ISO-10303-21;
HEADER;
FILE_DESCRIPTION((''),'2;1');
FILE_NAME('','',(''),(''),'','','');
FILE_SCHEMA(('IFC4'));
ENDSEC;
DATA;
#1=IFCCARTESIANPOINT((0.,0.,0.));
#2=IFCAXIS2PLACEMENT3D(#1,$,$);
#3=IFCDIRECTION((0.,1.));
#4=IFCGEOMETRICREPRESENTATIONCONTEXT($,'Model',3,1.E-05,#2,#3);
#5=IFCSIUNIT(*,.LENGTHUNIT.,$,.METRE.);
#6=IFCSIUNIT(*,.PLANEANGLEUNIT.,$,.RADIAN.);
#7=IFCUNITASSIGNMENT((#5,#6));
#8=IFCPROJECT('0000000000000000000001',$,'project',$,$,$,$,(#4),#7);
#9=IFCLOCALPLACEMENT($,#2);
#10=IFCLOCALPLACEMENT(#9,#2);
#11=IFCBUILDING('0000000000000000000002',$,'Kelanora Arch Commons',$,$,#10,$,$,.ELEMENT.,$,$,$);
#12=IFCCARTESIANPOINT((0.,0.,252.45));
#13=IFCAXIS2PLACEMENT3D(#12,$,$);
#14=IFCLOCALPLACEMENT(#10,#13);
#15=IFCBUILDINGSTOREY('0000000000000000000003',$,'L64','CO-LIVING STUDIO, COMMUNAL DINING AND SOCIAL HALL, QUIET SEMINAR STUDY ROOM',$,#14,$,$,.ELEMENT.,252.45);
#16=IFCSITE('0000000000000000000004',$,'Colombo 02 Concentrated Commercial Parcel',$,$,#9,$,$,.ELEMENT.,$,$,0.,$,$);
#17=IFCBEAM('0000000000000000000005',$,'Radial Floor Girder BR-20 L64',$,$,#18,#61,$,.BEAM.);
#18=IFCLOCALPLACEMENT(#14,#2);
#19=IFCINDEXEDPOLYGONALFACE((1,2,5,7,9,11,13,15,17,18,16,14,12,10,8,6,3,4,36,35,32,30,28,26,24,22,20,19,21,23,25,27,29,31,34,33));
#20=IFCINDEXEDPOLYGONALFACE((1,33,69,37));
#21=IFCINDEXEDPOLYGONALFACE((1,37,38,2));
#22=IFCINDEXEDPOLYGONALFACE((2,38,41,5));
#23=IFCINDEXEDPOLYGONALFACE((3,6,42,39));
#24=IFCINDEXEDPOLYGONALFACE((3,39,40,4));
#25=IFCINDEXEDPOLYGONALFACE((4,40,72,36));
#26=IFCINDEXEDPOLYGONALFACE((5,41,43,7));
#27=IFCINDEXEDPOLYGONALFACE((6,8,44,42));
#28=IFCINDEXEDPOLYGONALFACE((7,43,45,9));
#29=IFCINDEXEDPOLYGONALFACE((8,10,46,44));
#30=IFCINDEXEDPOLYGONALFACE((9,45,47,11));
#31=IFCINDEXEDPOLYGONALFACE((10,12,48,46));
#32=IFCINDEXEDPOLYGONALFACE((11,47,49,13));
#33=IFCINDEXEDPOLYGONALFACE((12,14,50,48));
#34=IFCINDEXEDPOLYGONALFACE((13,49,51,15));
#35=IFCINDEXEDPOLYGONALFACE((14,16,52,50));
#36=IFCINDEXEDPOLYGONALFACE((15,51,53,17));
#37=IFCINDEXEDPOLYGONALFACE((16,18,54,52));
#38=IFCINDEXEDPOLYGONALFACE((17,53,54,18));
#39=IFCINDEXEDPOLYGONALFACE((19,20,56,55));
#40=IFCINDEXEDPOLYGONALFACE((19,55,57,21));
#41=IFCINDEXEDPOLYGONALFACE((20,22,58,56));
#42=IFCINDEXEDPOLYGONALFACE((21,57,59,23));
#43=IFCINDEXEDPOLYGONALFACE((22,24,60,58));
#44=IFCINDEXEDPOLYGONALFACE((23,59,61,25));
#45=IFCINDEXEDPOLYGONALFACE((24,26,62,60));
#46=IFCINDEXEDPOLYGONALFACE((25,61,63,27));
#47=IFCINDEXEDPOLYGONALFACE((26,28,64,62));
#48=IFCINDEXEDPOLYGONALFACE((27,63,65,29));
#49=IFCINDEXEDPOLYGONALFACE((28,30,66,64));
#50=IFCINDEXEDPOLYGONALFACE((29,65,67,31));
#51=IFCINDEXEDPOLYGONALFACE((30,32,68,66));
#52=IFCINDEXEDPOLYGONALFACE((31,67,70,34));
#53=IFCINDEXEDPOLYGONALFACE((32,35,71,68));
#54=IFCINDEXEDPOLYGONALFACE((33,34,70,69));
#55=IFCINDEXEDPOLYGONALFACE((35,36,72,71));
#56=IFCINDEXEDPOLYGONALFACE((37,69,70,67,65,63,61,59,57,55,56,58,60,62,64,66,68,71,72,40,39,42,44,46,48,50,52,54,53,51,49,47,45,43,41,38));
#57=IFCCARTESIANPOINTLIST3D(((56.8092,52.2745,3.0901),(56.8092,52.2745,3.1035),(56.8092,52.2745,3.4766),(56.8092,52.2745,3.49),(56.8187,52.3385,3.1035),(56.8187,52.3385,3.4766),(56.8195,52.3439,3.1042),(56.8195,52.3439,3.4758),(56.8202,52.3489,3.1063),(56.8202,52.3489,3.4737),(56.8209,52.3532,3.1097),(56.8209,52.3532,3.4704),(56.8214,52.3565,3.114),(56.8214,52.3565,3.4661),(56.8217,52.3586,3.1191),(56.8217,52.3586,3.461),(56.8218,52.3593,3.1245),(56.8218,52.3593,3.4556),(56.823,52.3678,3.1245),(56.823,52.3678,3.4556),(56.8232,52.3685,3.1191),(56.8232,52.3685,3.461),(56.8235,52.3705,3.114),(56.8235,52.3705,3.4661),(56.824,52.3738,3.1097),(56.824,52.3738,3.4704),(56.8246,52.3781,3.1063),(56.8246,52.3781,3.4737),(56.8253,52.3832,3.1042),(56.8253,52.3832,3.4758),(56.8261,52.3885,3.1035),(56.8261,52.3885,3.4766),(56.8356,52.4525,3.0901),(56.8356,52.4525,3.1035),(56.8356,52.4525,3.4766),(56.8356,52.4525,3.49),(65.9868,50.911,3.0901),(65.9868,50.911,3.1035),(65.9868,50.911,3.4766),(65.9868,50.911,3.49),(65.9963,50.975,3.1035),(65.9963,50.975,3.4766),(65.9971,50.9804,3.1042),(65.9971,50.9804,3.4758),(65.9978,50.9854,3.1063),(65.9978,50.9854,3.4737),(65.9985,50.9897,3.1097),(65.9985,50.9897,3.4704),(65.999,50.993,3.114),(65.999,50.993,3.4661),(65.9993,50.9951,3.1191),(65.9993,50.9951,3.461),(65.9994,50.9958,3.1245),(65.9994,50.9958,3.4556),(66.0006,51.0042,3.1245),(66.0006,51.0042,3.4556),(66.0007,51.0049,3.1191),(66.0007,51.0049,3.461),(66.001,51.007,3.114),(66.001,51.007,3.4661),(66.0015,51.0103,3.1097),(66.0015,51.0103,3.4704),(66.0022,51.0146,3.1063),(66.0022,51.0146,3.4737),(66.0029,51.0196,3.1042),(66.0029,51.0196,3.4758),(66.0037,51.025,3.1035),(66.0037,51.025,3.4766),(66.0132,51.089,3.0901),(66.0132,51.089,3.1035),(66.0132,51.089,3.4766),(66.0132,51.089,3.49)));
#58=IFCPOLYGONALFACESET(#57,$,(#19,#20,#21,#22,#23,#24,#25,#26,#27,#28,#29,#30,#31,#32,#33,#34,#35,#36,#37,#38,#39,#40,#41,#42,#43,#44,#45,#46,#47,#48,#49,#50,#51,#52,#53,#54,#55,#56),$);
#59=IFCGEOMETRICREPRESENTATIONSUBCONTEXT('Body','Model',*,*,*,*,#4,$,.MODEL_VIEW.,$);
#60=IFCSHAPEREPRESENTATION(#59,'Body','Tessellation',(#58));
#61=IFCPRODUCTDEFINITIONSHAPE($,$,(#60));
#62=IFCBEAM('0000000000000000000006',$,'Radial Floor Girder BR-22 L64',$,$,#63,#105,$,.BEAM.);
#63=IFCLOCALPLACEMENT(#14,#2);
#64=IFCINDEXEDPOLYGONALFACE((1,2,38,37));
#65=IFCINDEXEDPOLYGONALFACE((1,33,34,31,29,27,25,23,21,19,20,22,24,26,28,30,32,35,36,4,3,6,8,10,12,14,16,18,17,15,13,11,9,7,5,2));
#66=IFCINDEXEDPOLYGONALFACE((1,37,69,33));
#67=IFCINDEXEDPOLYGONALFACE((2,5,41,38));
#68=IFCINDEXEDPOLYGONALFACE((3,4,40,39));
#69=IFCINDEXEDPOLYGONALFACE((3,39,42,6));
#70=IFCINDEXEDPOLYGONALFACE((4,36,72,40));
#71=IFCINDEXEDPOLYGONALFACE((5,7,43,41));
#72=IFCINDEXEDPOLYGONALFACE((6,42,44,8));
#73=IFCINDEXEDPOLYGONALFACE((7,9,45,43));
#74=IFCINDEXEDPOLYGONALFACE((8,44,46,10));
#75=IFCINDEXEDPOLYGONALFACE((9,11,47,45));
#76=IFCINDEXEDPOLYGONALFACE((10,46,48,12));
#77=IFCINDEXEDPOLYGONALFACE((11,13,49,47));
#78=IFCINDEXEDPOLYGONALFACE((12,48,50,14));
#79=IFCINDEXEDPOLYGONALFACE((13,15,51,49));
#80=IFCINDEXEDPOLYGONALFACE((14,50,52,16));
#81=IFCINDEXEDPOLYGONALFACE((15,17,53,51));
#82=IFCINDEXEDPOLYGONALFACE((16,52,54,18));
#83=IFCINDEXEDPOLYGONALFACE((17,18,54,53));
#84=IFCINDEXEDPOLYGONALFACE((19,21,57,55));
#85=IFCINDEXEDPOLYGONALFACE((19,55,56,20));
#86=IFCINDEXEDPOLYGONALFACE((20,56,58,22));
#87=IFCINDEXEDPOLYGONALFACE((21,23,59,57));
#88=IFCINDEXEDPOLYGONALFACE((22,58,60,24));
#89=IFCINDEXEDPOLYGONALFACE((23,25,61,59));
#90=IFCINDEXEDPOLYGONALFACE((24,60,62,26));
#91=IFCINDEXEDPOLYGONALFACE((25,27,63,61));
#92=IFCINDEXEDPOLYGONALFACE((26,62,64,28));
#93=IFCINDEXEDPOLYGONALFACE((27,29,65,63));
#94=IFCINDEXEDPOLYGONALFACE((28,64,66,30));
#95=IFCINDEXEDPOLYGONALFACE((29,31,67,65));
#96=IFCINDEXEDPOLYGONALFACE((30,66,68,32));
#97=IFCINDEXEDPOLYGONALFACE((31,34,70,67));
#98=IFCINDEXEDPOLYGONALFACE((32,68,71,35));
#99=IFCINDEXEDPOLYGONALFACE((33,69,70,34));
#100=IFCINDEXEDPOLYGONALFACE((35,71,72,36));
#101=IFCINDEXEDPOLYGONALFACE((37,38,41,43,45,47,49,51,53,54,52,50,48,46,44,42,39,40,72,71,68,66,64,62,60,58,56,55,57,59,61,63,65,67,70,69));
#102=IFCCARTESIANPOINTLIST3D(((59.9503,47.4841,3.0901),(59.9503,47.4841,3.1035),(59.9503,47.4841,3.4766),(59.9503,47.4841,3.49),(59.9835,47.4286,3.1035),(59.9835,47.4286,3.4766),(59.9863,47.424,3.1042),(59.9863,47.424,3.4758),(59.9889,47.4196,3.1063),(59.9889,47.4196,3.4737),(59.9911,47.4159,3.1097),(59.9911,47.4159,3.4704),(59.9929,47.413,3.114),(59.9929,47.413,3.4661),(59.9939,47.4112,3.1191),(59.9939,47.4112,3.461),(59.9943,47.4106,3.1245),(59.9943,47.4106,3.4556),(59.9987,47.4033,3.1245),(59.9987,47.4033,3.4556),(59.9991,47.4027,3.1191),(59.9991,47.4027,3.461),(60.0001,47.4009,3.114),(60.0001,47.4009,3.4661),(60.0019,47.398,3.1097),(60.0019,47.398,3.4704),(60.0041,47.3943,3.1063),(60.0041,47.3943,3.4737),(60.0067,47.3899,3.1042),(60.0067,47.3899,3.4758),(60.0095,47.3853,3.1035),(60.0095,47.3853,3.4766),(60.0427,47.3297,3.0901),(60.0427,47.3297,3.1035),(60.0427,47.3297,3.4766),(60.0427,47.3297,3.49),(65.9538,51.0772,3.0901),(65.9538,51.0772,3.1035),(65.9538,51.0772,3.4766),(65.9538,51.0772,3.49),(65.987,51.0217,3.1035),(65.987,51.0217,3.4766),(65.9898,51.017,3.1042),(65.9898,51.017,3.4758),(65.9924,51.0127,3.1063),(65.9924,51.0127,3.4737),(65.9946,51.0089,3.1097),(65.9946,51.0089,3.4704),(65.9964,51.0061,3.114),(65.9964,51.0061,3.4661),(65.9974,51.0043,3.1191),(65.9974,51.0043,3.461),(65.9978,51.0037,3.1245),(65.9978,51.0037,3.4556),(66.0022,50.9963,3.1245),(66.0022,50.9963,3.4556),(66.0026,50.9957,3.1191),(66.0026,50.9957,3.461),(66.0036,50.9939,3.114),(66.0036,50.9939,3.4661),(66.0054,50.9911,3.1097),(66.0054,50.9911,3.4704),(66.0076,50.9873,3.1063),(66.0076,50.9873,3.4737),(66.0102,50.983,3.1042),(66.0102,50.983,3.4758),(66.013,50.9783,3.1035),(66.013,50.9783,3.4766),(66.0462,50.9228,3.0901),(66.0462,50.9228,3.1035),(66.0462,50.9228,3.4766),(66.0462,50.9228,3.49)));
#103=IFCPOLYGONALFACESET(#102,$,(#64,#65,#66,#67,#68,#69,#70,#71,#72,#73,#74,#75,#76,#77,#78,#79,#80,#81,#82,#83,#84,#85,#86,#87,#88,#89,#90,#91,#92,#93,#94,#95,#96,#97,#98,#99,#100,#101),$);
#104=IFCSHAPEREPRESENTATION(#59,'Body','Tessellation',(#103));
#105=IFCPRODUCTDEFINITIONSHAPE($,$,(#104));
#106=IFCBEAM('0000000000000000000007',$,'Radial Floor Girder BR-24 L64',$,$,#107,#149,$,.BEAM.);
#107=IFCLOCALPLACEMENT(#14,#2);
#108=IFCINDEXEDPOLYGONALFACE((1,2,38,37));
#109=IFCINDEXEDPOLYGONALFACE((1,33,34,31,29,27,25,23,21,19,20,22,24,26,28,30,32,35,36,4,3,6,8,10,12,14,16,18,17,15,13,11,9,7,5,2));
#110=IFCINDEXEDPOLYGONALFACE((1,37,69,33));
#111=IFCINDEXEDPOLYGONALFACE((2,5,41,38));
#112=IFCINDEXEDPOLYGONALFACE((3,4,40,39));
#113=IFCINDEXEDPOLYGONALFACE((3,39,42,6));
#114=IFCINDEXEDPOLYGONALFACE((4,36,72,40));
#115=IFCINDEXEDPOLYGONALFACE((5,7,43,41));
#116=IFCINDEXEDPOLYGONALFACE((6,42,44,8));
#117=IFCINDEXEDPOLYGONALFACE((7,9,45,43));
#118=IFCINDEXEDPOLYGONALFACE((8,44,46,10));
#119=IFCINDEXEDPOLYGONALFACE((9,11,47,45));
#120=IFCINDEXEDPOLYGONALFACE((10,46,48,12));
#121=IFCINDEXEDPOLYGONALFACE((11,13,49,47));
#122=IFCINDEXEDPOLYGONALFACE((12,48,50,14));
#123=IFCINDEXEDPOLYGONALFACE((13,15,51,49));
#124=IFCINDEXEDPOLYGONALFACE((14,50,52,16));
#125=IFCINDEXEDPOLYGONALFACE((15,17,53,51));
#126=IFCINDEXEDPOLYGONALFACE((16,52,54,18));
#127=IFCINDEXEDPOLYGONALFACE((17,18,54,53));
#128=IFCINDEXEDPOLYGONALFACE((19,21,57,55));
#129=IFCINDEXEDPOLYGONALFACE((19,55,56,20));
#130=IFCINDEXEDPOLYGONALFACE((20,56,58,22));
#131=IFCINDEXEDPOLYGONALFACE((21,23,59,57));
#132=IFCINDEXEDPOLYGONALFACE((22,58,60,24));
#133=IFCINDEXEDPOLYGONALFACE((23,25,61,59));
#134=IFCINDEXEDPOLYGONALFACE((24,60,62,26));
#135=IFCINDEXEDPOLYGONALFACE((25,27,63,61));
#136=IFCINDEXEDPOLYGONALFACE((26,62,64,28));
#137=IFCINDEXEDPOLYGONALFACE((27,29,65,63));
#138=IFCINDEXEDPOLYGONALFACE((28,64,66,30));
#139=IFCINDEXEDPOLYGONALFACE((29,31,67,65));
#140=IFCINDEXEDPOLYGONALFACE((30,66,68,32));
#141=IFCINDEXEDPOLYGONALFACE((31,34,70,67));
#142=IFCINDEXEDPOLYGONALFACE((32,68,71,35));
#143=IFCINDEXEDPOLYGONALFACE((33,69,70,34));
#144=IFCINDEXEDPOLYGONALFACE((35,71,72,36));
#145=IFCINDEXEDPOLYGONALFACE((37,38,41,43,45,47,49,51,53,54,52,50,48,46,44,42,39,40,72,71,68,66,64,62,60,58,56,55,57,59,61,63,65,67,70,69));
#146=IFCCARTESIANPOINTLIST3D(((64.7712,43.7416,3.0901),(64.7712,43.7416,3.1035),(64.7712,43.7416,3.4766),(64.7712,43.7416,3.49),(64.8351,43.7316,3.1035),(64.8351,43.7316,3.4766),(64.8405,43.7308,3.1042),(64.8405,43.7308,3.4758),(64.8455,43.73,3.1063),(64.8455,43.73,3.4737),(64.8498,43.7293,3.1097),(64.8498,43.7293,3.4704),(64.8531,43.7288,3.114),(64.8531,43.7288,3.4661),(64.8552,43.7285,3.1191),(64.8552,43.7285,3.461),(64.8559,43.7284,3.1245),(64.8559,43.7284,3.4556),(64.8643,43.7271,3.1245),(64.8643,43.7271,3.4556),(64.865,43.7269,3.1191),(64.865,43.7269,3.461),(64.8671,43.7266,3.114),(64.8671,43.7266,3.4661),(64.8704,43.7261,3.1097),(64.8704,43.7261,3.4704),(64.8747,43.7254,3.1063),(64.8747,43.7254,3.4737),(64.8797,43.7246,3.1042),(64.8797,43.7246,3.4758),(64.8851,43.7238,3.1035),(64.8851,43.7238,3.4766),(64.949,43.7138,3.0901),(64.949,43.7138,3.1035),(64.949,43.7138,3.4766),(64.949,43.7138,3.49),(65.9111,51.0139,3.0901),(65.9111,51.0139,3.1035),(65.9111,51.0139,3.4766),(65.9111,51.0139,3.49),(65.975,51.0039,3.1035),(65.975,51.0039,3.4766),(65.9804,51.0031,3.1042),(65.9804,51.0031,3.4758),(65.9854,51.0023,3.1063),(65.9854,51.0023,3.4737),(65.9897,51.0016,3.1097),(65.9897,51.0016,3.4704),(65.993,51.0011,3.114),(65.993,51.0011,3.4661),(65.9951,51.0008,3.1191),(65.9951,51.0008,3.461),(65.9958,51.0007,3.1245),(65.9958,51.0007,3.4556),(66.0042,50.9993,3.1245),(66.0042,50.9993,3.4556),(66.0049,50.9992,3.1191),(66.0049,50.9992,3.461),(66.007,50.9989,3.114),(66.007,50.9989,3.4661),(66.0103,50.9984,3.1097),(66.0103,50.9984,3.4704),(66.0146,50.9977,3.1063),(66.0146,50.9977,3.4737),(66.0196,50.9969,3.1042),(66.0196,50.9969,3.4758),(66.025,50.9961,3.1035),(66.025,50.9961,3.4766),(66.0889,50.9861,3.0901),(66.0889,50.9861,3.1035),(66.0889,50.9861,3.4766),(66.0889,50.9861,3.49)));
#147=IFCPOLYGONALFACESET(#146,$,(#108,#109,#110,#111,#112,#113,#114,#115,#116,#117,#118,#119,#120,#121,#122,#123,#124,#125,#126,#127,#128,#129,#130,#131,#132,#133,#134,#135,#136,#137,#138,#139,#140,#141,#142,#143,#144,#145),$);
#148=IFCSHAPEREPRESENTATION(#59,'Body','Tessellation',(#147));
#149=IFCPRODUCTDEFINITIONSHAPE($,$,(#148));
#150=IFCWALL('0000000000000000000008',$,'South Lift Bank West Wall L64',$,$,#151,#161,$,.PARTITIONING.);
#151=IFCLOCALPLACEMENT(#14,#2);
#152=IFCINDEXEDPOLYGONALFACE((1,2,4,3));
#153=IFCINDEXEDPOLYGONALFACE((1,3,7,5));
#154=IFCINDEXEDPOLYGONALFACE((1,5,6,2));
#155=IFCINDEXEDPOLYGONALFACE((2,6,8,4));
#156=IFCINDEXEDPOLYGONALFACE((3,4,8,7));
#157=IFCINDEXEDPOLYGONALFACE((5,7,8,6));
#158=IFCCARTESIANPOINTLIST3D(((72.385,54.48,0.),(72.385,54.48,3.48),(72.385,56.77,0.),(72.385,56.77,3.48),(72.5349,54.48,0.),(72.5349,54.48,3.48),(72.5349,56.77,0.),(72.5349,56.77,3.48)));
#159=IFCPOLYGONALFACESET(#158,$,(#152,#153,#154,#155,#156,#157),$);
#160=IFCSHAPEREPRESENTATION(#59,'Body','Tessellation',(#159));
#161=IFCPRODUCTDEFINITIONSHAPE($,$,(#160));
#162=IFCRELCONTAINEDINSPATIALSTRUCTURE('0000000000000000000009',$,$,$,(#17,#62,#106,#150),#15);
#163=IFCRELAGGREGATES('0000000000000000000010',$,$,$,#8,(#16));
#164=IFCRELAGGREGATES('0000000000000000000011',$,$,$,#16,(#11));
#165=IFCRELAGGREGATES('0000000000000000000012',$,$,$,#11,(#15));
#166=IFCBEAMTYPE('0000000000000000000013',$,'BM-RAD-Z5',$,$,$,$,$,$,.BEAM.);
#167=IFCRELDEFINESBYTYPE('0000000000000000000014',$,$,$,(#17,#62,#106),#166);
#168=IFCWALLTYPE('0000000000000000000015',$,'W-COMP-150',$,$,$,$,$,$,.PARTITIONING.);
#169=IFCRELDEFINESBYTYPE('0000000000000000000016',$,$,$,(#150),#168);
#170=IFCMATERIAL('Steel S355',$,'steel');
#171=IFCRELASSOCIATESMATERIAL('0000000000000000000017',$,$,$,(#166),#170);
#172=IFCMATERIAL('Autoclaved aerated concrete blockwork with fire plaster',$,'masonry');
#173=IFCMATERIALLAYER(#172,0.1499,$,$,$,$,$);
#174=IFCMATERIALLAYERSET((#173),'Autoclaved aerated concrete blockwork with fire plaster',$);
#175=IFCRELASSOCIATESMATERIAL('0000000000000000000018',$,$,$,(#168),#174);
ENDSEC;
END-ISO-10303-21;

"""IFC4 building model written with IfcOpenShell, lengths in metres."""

from ifc_helpers import new_model, si_unit, direction, frame, frame_2d, origin, origin_2d, place, context, subcontext, project, spatial, rectangle, i_section, extrude, material, layer, layer_set, material_profile, profile_set, type_object, element, save


model = new_model("IFC4")

# Units and contexts
model_context = context("Model", 3, precision=1e-05, world=origin(), true_north=direction((0.0, 1.0)))
body_context = subcontext(model_context, "Body", "Model", "MODEL_VIEW")
ifc_project = project(units=[si_unit("LENGTHUNIT", "METRE"), si_unit("PLANEANGLEUNIT", "RADIAN")], contexts=[model_context])

# Site, building, storey
site_placement = place(None, origin())
site = spatial("IfcSite", under=ifc_project, at=site_placement, Name="Colombo 02 Concentrated Commercial Parcel", CompositionType="ELEMENT", RefElevation=0.0)
building_placement = place(site_placement, origin())
building = spatial("IfcBuilding", under=site, at=building_placement, Name="Kelanora Arch Commons", CompositionType="ELEMENT")
storey_placement = place(building_placement, frame((0.0, 0.0, 252.45)))
storey = spatial("IfcBuildingStorey", under=building, at=storey_placement, Name="L64", Description="CO-LIVING STUDIO, COMMUNAL DINING AND SOCIAL HALL, QUIET SEMINAR STUDY ROOM", CompositionType="ELEMENT", Elevation=252.45)

# Beams
ifc_material_1 = material(Name="Steel S355", Category="steel")
ifc_material_profile_1 = material_profile(ifc_material_1, i_section(OverallWidth=0.1799, OverallDepth=0.3999, WebThickness=0.0085, FlangeThickness=0.0134, FilletRadius=0.021, at=origin_2d()), Name="IPE400")
ifc_profile_set_1 = profile_set([ifc_material_profile_1], Name="Steel S355")
beam_type_1 = type_object("IfcBeamType", Name="BM-RAD-Z5", PredefinedType="BEAM", material=ifc_profile_set_1)
beam_1_placement = place(storey_placement, frame((66.0, 51.0, 3.29), z_axis=(-0.989142, 0.14696, 0.0), x_axis=(-0.14696, -0.989142, 0.0)))
element("IfcBeam", 1, at=beam_1_placement, inside=storey, type_object=beam_type_1, Name="Radial Floor Girder BR-20 L64", PredefinedType="BEAM", context=body_context, shape_type="SweptSolid", body=[
    extrude(i_section(OverallWidth=0.1799, OverallDepth=0.3999, WebThickness=0.0085, FlangeThickness=0.0134, FilletRadius=0.021, at=origin_2d()), origin(), (0.0, 0.0, 1.0), 9.2783),
])
beam_2_placement = place(storey_placement, frame((66.0, 51.0, 3.29), z_axis=(-0.858062, -0.513546, 0.0), x_axis=(0.513546, -0.858062, 0.0)))
element("IfcBeam", 2, at=beam_2_placement, inside=storey, type_object=beam_type_1, Name="Radial Floor Girder BR-22 L64", PredefinedType="BEAM", context=body_context, shape_type="SweptSolid", body=[
    extrude(i_section(OverallWidth=0.1799, OverallDepth=0.3999, WebThickness=0.0085, FlangeThickness=0.0134, FilletRadius=0.021, at=origin_2d()), origin(), (0.0, 0.0, 1.0), 6.9966),
])
beam_3_placement = place(storey_placement, frame((66.0, 51.0, 3.29), z_axis=(-0.154855, -0.987937, 0.0), x_axis=(0.987937, -0.154855, 0.0)))
element("IfcBeam", 3, at=beam_3_placement, inside=storey, type_object=beam_type_1, Name="Radial Floor Girder BR-24 L64", PredefinedType="BEAM", context=body_context, shape_type="SweptSolid", body=[
    extrude(i_section(OverallWidth=0.1799, OverallDepth=0.3999, WebThickness=0.0085, FlangeThickness=0.0134, FilletRadius=0.021, at=origin_2d()), origin(), (0.0, 0.0, 1.0), 7.3611),
])

# Wall
ifc_material_2 = material(Name="Autoclaved aerated concrete blockwork with fire plaster", Category="masonry")
ifc_layer_1 = layer(ifc_material_2, 0.1499)
ifc_layer_set_1 = layer_set([ifc_layer_1], Name="Autoclaved aerated concrete blockwork with fire plaster")
wall_type_1 = type_object("IfcWallType", Name="W-COMP-150", PredefinedType="PARTITIONING", material=ifc_layer_set_1)
wall_1_placement = place(storey_placement, frame((72.46, 54.48, 0.0), z_axis=(0.0, 0.0, 1.0), x_axis=(0.0, 1.0, 0.0)))
element("IfcWall", 4, at=wall_1_placement, inside=storey, type_object=wall_type_1, Name="South Lift Bank West Wall L64", PredefinedType="PARTITIONING", context=body_context, shape_type="SweptSolid", body=[
    extrude(rectangle(XDim=2.29, YDim=0.1499, at=frame_2d((1.145, 0.0))), origin(), (0.0, 0.0, 1.0), 3.48),
])

save(model, "model.ifc")
